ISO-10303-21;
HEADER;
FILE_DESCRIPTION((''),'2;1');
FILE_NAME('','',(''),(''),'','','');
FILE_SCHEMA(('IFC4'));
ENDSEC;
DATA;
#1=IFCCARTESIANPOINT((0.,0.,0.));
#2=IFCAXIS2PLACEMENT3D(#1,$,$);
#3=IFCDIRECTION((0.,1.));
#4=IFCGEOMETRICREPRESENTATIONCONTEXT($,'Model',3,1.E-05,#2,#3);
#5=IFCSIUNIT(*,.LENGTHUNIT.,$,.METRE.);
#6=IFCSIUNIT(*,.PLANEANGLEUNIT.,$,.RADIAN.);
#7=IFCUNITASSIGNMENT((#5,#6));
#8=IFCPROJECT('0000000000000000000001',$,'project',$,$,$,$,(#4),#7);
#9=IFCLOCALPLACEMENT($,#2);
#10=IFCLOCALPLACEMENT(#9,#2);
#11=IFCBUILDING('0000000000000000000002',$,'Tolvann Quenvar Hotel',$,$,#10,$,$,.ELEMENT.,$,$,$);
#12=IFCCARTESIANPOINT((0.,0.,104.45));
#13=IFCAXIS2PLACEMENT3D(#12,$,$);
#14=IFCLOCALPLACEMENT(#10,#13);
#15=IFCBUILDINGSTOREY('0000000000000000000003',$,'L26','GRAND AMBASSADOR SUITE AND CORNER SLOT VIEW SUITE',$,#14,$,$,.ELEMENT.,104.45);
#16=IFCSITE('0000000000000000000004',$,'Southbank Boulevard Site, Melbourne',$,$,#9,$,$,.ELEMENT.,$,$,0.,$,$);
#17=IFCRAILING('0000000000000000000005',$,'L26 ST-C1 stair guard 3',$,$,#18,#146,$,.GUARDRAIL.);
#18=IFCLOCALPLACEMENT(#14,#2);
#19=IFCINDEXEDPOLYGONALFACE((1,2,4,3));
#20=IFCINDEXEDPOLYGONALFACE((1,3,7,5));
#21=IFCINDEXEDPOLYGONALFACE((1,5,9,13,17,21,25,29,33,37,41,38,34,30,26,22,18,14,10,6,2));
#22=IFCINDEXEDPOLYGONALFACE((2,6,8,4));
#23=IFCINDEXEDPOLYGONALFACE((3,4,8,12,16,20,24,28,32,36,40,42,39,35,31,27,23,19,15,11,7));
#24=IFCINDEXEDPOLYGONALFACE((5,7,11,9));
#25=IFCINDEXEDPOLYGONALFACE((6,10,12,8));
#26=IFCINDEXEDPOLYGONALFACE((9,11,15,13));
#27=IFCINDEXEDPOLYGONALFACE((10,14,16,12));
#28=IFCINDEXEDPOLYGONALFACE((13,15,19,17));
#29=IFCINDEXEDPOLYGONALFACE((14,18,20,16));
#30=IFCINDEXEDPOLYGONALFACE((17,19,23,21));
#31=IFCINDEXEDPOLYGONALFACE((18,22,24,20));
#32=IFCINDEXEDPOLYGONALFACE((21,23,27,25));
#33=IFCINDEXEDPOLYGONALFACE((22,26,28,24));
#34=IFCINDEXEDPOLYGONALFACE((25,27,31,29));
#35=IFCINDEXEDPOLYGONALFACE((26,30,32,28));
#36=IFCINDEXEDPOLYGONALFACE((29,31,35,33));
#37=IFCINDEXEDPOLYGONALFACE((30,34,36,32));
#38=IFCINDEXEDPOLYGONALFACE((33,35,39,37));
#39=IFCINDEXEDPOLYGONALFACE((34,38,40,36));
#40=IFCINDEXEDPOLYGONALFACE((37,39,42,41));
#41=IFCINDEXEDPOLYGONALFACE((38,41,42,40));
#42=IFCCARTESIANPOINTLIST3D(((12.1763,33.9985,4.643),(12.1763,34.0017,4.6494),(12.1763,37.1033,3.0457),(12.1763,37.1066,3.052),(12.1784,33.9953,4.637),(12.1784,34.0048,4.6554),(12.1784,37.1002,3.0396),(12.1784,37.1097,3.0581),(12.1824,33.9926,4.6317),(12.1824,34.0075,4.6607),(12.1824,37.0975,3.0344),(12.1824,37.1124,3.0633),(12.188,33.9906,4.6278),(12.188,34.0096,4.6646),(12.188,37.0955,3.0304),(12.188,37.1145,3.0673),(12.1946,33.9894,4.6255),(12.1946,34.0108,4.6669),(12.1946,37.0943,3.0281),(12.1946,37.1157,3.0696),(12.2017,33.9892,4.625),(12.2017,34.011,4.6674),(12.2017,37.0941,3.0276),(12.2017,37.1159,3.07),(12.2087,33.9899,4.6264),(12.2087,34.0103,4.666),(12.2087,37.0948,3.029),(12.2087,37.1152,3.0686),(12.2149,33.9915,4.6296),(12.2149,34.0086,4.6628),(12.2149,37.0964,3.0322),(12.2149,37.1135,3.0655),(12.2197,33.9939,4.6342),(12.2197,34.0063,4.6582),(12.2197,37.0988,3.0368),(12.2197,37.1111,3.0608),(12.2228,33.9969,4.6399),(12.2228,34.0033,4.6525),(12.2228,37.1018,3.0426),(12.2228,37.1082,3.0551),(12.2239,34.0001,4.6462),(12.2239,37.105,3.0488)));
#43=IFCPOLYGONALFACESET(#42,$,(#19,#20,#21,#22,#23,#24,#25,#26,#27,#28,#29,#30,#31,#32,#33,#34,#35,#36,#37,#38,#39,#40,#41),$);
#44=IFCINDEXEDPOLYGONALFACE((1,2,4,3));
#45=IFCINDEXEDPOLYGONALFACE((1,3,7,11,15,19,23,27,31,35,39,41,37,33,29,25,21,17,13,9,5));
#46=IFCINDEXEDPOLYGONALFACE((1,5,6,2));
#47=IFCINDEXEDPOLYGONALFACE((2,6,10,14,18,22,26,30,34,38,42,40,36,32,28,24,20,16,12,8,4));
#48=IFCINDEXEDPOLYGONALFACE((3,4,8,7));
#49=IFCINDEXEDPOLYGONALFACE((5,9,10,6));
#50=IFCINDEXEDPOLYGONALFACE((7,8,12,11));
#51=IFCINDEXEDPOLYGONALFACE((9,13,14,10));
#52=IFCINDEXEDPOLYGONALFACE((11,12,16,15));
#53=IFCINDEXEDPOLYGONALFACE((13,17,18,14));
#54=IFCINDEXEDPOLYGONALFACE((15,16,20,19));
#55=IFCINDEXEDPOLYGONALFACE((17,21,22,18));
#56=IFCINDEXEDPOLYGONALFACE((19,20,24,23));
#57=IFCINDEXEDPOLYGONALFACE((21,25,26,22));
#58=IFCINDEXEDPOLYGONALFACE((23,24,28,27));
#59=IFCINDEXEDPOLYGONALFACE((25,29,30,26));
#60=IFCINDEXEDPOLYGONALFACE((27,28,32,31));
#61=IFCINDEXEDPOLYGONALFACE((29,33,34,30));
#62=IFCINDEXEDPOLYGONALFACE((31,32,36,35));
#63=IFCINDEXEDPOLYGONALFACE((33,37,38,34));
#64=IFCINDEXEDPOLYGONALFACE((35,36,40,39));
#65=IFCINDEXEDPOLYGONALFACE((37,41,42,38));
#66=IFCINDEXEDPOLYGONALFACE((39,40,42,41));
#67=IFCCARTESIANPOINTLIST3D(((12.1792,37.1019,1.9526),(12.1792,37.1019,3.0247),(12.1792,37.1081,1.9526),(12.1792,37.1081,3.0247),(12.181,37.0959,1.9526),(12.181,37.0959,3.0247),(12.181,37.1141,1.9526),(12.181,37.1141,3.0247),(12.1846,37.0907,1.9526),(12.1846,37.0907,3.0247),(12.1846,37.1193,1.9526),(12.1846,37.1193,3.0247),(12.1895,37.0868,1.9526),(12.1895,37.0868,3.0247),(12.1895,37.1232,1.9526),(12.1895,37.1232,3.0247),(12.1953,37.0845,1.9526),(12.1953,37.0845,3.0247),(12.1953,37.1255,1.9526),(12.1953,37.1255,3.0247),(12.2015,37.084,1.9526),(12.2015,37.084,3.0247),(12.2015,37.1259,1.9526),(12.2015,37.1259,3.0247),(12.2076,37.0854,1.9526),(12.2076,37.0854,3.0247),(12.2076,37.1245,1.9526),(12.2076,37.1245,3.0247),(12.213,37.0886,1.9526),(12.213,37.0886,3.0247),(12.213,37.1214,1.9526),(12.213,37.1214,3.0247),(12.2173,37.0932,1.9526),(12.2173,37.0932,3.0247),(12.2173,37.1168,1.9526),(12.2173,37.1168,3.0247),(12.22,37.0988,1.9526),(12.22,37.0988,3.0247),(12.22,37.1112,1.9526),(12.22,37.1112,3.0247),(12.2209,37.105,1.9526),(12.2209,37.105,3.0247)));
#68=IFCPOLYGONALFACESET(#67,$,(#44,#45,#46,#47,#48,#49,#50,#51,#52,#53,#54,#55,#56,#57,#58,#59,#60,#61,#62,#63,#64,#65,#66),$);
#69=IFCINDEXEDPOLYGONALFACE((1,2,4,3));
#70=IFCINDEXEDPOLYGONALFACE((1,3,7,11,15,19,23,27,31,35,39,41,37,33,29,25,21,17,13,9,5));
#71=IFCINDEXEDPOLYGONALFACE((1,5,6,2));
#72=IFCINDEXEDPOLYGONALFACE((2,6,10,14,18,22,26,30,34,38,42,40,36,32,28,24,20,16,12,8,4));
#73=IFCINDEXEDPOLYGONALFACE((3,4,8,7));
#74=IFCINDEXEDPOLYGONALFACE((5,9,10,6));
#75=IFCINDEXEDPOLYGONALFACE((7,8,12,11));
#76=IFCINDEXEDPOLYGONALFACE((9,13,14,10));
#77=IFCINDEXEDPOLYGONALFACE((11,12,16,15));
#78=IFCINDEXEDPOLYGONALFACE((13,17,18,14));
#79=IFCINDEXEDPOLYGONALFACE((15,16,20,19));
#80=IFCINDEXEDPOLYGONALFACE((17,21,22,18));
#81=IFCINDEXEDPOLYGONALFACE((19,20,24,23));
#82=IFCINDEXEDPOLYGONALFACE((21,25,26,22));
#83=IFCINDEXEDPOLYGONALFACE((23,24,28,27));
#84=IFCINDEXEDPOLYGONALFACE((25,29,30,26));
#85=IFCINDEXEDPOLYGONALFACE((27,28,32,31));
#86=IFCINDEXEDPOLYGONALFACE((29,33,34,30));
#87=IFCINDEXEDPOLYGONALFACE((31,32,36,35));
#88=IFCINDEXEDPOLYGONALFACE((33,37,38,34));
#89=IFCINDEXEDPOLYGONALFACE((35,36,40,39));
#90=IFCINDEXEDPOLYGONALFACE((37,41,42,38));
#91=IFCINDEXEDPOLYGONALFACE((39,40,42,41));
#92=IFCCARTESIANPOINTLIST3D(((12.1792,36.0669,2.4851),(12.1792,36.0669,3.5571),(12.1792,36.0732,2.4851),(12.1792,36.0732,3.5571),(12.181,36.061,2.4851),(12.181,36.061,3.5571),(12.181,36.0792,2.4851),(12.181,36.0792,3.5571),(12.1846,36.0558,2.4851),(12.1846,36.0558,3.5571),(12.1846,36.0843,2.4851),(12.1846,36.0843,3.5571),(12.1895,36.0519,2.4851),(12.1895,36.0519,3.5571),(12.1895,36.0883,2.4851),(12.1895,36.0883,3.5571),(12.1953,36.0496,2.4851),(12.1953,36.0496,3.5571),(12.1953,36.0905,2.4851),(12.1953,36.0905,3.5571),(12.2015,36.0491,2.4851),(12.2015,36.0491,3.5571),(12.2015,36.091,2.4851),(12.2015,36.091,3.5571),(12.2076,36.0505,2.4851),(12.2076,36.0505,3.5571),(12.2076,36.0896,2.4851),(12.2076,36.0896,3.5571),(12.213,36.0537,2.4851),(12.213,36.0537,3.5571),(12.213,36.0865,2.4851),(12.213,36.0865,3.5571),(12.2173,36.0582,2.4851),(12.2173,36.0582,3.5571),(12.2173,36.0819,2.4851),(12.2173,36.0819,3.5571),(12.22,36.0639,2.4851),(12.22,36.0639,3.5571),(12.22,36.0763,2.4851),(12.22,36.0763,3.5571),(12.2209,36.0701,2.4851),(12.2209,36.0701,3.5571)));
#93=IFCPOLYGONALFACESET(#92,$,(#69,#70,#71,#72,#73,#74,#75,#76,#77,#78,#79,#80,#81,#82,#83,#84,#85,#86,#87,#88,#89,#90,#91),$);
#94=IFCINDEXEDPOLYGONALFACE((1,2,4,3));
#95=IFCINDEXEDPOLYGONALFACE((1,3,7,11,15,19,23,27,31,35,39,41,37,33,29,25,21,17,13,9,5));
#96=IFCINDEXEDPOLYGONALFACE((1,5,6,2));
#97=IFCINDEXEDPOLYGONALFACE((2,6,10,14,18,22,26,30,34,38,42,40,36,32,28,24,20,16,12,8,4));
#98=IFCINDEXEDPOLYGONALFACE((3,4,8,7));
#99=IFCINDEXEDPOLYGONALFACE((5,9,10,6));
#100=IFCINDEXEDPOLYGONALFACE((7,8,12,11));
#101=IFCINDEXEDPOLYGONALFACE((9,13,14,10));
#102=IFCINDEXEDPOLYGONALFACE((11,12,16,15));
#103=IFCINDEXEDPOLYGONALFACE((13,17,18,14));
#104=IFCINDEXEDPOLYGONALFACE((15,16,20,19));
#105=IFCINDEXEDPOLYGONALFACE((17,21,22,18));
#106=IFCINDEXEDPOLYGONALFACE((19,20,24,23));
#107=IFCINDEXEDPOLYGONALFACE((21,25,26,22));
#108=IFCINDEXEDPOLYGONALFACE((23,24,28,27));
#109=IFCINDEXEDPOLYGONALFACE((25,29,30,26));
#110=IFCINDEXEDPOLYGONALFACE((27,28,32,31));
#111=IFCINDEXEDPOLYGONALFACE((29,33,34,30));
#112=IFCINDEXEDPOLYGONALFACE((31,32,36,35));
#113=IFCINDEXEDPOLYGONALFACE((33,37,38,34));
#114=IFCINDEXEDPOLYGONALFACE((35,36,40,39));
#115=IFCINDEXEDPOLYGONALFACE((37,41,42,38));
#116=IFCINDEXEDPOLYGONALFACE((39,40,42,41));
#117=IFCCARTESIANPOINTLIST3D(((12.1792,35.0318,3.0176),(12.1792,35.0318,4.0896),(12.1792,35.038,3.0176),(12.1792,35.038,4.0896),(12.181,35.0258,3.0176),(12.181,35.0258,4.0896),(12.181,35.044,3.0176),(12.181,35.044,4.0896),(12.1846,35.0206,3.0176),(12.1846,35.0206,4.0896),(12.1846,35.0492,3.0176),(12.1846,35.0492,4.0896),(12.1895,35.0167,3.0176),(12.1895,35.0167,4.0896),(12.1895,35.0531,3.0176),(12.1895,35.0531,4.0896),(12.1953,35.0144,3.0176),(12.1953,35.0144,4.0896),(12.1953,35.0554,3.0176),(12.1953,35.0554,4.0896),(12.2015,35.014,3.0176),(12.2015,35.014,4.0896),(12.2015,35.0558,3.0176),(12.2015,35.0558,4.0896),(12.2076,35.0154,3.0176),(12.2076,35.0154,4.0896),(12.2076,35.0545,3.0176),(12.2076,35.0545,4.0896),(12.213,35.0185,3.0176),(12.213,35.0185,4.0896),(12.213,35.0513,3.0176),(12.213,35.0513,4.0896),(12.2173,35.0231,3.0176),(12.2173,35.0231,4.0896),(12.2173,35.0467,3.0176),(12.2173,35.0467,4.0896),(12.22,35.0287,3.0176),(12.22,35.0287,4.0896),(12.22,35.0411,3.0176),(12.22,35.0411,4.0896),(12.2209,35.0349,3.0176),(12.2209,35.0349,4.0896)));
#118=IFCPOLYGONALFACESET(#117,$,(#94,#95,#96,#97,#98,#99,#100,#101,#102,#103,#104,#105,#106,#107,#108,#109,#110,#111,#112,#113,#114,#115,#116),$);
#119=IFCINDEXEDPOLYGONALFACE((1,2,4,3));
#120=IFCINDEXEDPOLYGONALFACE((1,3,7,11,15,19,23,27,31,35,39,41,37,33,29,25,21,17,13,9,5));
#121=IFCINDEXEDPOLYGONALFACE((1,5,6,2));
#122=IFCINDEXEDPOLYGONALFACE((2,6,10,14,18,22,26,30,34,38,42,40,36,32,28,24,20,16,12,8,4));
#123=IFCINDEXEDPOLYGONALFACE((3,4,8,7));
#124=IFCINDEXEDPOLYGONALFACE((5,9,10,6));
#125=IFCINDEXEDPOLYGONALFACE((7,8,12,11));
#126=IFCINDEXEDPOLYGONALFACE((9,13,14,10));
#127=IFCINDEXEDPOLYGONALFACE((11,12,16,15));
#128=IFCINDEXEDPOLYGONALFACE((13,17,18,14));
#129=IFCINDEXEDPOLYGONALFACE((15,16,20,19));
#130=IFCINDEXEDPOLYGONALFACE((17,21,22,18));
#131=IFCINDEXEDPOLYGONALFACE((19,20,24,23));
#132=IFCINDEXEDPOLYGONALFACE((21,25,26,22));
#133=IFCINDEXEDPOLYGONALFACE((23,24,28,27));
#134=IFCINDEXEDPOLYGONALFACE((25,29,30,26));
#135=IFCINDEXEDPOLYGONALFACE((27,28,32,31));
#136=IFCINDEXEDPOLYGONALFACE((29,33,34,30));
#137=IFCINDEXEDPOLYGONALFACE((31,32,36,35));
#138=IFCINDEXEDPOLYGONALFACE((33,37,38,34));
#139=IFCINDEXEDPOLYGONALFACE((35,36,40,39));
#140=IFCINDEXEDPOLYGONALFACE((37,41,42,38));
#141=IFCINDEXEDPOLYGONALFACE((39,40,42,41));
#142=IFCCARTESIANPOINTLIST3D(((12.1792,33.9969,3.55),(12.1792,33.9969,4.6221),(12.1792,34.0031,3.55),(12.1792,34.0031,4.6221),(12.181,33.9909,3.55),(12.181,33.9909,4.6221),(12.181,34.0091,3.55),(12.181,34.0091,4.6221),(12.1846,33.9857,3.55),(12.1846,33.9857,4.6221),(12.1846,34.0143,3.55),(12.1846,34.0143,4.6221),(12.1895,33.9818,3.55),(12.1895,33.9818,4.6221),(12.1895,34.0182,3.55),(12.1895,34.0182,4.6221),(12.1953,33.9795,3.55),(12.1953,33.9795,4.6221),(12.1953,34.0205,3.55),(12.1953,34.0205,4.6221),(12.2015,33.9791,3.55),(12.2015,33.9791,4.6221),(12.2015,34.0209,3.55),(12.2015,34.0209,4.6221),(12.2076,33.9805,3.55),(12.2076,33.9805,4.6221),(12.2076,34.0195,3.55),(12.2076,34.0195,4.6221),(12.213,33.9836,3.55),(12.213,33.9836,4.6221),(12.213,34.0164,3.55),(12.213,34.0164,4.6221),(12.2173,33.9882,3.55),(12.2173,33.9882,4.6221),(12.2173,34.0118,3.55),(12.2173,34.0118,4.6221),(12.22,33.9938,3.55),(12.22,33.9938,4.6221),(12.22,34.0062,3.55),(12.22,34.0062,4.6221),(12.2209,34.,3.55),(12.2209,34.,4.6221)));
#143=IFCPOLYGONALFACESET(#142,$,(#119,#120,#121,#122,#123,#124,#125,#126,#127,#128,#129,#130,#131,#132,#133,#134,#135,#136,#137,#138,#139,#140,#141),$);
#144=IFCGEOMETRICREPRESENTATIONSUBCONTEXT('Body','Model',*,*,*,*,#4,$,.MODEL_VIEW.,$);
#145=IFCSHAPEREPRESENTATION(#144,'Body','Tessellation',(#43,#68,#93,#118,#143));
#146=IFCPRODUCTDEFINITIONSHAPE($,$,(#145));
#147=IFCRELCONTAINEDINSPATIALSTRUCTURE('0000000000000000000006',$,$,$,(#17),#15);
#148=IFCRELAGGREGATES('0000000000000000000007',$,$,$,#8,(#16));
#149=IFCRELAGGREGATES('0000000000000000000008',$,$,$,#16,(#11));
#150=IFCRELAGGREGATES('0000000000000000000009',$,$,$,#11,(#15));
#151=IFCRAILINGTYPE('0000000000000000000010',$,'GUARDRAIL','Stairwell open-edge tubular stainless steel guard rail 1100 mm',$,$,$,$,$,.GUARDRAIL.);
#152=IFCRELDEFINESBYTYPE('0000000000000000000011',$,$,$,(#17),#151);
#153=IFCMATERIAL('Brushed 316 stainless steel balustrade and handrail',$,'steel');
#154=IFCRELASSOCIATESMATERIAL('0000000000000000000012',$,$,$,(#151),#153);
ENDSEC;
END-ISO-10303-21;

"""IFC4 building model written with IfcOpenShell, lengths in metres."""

from ifc_helpers import new_model, si_unit, direction, frame, origin, origin_2d, place, context, subcontext, project, spatial, circle, extrude, material, type_object, element, save


model = new_model("IFC4")

# Units and contexts
model_context = context("Model", 3, precision=1e-05, world=origin(), true_north=direction((0.0, 1.0)))
body_context = subcontext(model_context, "Body", "Model", "MODEL_VIEW")
ifc_project = project(units=[si_unit("LENGTHUNIT", "METRE"), si_unit("PLANEANGLEUNIT", "RADIAN")], contexts=[model_context])

# Site, building, storey
site_placement = place(None, origin())
site = spatial("IfcSite", under=ifc_project, at=site_placement, Name="Southbank Boulevard Site, Melbourne", CompositionType="ELEMENT", RefElevation=0.0)
building_placement = place(site_placement, origin())
building = spatial("IfcBuilding", under=site, at=building_placement, Name="Tolvann Quenvar Hotel", CompositionType="ELEMENT")
storey_placement = place(building_placement, frame((0.0, 0.0, 104.45)))
storey = spatial("IfcBuildingStorey", under=building, at=storey_placement, Name="L26", Description="GRAND AMBASSADOR SUITE AND CORNER SLOT VIEW SUITE", CompositionType="ELEMENT", Elevation=104.45)

# Railing
ifc_material_1 = material(Name="Brushed 316 stainless steel balustrade and handrail", Category="steel")
railing_type_1 = type_object("IfcRailingType", Name="GUARDRAIL", Description="Stairwell open-edge tubular stainless steel guard rail 1100 mm", PredefinedType="GUARDRAIL", material=ifc_material_1)
railing_1_placement = place(storey_placement, frame((12.2, 37.105, 1.9526)))
element("IfcRailing", 1, at=railing_1_placement, inside=storey, type_object=railing_type_1, Name="L26 ST-C1 stair guard 3", PredefinedType="GUARDRAIL", context=body_context, shape_type="SweptSolid", body=[
    extrude(circle(Radius=0.0239, at=origin_2d()), frame((0.0, 0.0, 1.0962), z_axis=(0.0, -0.889222, 0.457476), x_axis=(1.0, 0.0, 0.0)), (0.0, 0.0, 1.0), 3.4917),
    extrude(circle(Radius=0.021, at=origin_2d()), origin(), (0.0, 0.0, 1.0), 1.072),
    extrude(circle(Radius=0.021, at=origin_2d()), frame((0.0, -1.0349, 0.5325)), (0.0, 0.0, 1.0), 1.072),
    extrude(circle(Radius=0.021, at=origin_2d()), frame((0.0, -2.0701, 1.0649)), (0.0, 0.0, 1.0), 1.072),
    extrude(circle(Radius=0.021, at=origin_2d()), frame((0.0, -3.105, 1.5974)), (0.0, 0.0, 1.0), 1.072),
])

save(model, "model.ifc")
